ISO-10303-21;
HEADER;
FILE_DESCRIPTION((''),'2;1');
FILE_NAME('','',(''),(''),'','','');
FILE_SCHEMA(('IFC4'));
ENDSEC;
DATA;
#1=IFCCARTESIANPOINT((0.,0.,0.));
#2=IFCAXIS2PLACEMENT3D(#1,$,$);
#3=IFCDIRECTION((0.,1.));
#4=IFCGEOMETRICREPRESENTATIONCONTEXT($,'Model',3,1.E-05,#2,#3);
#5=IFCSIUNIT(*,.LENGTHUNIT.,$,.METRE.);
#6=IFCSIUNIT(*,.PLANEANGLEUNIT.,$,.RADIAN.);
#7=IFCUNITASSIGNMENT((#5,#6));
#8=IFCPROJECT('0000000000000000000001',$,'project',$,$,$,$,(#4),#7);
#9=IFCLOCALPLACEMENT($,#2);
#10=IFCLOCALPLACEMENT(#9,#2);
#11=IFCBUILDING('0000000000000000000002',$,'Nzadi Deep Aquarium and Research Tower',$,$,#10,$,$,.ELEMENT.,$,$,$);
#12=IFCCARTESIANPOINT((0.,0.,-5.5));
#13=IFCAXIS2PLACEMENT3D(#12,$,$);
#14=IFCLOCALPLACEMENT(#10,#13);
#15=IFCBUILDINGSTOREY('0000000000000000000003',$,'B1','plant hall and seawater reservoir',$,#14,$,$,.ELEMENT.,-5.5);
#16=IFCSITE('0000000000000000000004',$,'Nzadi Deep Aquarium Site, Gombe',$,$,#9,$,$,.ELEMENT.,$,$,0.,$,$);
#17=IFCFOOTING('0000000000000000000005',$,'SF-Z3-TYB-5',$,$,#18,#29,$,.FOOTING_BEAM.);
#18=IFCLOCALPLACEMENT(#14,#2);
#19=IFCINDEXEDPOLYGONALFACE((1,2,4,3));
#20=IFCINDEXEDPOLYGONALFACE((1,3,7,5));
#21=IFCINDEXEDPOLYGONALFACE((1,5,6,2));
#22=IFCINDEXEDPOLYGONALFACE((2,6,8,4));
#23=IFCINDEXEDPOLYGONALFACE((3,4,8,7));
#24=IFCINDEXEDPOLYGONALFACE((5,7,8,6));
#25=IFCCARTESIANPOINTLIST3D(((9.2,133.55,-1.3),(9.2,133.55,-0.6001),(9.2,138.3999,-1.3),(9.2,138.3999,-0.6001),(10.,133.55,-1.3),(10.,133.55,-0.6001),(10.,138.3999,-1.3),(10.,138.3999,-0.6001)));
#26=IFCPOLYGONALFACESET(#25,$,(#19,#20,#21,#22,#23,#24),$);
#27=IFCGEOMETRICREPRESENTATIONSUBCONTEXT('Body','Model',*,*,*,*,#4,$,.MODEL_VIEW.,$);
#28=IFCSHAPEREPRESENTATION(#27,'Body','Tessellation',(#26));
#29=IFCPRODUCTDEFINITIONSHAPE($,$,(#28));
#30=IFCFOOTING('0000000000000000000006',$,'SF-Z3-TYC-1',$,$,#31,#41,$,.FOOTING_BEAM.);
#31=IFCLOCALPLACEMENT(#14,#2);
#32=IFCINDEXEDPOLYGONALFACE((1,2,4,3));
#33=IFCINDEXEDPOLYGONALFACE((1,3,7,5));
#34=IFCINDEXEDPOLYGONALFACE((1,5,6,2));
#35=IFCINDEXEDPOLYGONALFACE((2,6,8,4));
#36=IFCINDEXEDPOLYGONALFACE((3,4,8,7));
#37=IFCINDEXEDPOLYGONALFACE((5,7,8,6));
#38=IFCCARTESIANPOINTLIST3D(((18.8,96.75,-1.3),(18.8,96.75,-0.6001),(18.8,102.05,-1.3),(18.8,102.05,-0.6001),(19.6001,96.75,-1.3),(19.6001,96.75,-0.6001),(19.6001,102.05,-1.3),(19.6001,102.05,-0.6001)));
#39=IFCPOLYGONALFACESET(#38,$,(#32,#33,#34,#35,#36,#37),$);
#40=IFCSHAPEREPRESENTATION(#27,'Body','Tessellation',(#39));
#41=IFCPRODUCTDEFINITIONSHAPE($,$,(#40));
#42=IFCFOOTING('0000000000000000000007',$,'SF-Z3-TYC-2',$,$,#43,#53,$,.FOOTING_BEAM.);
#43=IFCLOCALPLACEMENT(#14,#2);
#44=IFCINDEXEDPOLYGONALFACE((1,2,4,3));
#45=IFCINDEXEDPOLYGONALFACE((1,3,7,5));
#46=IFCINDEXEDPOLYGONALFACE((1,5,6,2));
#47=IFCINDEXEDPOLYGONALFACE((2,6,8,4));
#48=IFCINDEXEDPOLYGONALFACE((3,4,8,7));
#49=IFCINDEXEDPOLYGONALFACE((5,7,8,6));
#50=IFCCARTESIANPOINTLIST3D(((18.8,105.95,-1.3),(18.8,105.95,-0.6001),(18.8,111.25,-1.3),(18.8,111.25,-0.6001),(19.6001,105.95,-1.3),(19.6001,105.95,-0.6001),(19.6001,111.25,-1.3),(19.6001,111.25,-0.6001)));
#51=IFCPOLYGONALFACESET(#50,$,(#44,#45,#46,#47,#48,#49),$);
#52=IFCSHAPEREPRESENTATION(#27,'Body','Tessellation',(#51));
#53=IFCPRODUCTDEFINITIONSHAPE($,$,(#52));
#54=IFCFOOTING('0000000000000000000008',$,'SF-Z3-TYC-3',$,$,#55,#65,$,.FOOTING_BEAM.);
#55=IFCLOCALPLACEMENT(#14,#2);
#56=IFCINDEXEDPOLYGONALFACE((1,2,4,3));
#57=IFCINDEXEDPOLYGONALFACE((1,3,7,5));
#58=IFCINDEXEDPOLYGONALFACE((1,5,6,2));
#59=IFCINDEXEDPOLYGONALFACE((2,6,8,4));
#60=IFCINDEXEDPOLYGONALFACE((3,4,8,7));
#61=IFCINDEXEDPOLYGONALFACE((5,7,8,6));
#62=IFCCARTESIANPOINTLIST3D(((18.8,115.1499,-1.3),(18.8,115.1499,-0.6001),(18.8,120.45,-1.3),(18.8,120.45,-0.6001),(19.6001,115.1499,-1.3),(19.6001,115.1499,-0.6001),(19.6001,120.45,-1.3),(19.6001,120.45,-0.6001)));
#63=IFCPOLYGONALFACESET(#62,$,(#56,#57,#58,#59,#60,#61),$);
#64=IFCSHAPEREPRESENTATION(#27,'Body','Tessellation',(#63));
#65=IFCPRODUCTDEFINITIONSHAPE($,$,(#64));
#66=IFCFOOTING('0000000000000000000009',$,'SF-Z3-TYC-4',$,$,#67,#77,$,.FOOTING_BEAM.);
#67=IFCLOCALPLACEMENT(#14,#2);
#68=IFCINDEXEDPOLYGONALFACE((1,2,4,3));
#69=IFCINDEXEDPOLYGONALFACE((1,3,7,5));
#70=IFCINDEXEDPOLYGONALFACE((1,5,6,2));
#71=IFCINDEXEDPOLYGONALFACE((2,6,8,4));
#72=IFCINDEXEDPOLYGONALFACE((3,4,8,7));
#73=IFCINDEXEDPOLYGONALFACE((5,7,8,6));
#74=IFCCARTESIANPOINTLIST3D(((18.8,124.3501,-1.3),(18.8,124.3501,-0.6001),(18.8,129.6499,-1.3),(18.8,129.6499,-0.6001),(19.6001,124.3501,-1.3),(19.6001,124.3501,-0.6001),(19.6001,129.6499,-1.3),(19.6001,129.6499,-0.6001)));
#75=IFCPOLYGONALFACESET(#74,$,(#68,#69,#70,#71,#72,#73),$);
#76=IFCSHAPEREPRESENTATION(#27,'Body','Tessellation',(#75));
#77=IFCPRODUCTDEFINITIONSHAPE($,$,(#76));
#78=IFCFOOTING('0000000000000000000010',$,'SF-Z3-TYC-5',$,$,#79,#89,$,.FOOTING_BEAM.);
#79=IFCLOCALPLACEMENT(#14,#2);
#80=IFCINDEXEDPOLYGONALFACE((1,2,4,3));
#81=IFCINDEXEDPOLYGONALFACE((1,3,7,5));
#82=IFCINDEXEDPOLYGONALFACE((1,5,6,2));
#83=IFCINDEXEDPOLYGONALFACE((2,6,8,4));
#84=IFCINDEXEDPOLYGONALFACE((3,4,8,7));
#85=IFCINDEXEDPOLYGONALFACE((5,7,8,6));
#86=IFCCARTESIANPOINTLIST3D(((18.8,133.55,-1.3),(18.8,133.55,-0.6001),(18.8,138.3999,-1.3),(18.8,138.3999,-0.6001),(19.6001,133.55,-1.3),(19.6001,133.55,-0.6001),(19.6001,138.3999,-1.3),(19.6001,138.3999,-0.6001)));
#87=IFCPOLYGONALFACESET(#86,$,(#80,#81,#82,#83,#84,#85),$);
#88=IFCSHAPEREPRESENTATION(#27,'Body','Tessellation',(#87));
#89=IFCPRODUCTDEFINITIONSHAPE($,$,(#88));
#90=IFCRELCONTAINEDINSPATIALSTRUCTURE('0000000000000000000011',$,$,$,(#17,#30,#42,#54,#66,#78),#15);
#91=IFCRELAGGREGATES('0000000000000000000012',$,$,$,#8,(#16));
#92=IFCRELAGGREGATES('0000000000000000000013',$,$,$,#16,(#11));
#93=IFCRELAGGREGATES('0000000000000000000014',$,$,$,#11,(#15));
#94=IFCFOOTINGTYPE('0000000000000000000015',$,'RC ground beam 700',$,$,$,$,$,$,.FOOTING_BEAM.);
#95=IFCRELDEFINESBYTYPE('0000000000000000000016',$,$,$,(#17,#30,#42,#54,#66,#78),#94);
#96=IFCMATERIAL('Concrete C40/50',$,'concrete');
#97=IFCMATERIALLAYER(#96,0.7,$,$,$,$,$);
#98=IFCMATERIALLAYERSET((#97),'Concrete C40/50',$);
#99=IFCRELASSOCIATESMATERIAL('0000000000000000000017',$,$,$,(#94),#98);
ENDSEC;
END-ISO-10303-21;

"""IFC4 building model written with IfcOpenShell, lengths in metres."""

from ifc_helpers import new_model, si_unit, direction, frame, origin, place, context, subcontext, project, spatial, polyline, outline, extrude, material, layer, layer_set, type_object, element, save


model = new_model("IFC4")

# Units and contexts
model_context = context("Model", 3, precision=1e-05, world=origin(), true_north=direction((0.0, 1.0)))
body_context = subcontext(model_context, "Body", "Model", "MODEL_VIEW")
ifc_project = project(units=[si_unit("LENGTHUNIT", "METRE"), si_unit("PLANEANGLEUNIT", "RADIAN")], contexts=[model_context])

# Site, building, storey
site_placement = place(None, origin())
site = spatial("IfcSite", under=ifc_project, at=site_placement, Name="Nzadi Deep Aquarium Site, Gombe", CompositionType="ELEMENT", RefElevation=0.0)
building_placement = place(site_placement, origin())
building = spatial("IfcBuilding", under=site, at=building_placement, Name="Nzadi Deep Aquarium and Research Tower", CompositionType="ELEMENT")
storey_placement = place(building_placement, frame((0.0, 0.0, -5.5)))
storey = spatial("IfcBuildingStorey", under=building, at=storey_placement, Name="B1", Description="plant hall and seawater reservoir", CompositionType="ELEMENT", Elevation=-5.5)

# Footings
ifc_material = material(Name="Concrete C40/50", Category="concrete")
ifc_layer = layer(ifc_material, 0.7)
ifc_layer_set = layer_set([ifc_layer], Name="Concrete C40/50")
footing_type = type_object("IfcFootingType", Name="RC ground beam 700", PredefinedType="FOOTING_BEAM", material=ifc_layer_set)
footing_1_placement = place(storey_placement, frame((0.0, 0.0, -1.3)))
element("IfcFooting", 1, at=footing_1_placement, inside=storey, type_object=footing_type, Name="SF-Z3-TYB-5", PredefinedType="FOOTING_BEAM", context=body_context, shape_type="SweptSolid", body=[
    extrude(outline(polyline([(10.0, 133.55), (10.0, 138.3999), (9.2, 138.3999), (9.2, 133.55), (10.0, 133.55)])), origin(), (0.0, 0.0, 1.0), 0.7),
])
footing_2_placement = place(storey_placement, frame((0.0, 0.0, -1.3)))
element("IfcFooting", 2, at=footing_2_placement, inside=storey, type_object=footing_type, Name="SF-Z3-TYC-1", PredefinedType="FOOTING_BEAM", context=body_context, shape_type="SweptSolid", body=[
    extrude(outline(polyline([(19.6001, 96.75), (19.6001, 102.05), (18.8, 102.05), (18.8, 96.75), (19.6001, 96.75)])), origin(), (0.0, 0.0, 1.0), 0.7),
])
footing_3_placement = place(storey_placement, frame((0.0, 0.0, -1.3)))
element("IfcFooting", 3, at=footing_3_placement, inside=storey, type_object=footing_type, Name="SF-Z3-TYC-2", PredefinedType="FOOTING_BEAM", context=body_context, shape_type="SweptSolid", body=[
    extrude(outline(polyline([(19.6001, 105.95), (19.6001, 111.25), (18.8, 111.25), (18.8, 105.95), (19.6001, 105.95)])), origin(), (0.0, 0.0, 1.0), 0.7),
])
footing_4_placement = place(storey_placement, frame((0.0, 0.0, -1.3)))
element("IfcFooting", 4, at=footing_4_placement, inside=storey, type_object=footing_type, Name="SF-Z3-TYC-3", PredefinedType="FOOTING_BEAM", context=body_context, shape_type="SweptSolid", body=[
    extrude(outline(polyline([(19.6001, 115.1499), (19.6001, 120.45), (18.8, 120.45), (18.8, 115.1499), (19.6001, 115.1499)])), origin(), (0.0, 0.0, 1.0), 0.7),
])
footing_5_placement = place(storey_placement, frame((0.0, 0.0, -1.3)))
element("IfcFooting", 5, at=footing_5_placement, inside=storey, type_object=footing_type, Name="SF-Z3-TYC-4", PredefinedType="FOOTING_BEAM", context=body_context, shape_type="SweptSolid", body=[
    extrude(outline(polyline([(19.6001, 124.3501), (19.6001, 129.6499), (18.8, 129.6499), (18.8, 124.3501), (19.6001, 124.3501)])), origin(), (0.0, 0.0, 1.0), 0.7),
])
footing_6_placement = place(storey_placement, frame((0.0, 0.0, -1.3)))
element("IfcFooting", 6, at=footing_6_placement, inside=storey, type_object=footing_type, Name="SF-Z3-TYC-5", PredefinedType="FOOTING_BEAM", context=body_context, shape_type="SweptSolid", body=[
    extrude(outline(polyline([(19.6001, 133.55), (19.6001, 138.3999), (18.8, 138.3999), (18.8, 133.55), (19.6001, 133.55)])), origin(), (0.0, 0.0, 1.0), 0.7),
])

save(model, "model.ifc")
